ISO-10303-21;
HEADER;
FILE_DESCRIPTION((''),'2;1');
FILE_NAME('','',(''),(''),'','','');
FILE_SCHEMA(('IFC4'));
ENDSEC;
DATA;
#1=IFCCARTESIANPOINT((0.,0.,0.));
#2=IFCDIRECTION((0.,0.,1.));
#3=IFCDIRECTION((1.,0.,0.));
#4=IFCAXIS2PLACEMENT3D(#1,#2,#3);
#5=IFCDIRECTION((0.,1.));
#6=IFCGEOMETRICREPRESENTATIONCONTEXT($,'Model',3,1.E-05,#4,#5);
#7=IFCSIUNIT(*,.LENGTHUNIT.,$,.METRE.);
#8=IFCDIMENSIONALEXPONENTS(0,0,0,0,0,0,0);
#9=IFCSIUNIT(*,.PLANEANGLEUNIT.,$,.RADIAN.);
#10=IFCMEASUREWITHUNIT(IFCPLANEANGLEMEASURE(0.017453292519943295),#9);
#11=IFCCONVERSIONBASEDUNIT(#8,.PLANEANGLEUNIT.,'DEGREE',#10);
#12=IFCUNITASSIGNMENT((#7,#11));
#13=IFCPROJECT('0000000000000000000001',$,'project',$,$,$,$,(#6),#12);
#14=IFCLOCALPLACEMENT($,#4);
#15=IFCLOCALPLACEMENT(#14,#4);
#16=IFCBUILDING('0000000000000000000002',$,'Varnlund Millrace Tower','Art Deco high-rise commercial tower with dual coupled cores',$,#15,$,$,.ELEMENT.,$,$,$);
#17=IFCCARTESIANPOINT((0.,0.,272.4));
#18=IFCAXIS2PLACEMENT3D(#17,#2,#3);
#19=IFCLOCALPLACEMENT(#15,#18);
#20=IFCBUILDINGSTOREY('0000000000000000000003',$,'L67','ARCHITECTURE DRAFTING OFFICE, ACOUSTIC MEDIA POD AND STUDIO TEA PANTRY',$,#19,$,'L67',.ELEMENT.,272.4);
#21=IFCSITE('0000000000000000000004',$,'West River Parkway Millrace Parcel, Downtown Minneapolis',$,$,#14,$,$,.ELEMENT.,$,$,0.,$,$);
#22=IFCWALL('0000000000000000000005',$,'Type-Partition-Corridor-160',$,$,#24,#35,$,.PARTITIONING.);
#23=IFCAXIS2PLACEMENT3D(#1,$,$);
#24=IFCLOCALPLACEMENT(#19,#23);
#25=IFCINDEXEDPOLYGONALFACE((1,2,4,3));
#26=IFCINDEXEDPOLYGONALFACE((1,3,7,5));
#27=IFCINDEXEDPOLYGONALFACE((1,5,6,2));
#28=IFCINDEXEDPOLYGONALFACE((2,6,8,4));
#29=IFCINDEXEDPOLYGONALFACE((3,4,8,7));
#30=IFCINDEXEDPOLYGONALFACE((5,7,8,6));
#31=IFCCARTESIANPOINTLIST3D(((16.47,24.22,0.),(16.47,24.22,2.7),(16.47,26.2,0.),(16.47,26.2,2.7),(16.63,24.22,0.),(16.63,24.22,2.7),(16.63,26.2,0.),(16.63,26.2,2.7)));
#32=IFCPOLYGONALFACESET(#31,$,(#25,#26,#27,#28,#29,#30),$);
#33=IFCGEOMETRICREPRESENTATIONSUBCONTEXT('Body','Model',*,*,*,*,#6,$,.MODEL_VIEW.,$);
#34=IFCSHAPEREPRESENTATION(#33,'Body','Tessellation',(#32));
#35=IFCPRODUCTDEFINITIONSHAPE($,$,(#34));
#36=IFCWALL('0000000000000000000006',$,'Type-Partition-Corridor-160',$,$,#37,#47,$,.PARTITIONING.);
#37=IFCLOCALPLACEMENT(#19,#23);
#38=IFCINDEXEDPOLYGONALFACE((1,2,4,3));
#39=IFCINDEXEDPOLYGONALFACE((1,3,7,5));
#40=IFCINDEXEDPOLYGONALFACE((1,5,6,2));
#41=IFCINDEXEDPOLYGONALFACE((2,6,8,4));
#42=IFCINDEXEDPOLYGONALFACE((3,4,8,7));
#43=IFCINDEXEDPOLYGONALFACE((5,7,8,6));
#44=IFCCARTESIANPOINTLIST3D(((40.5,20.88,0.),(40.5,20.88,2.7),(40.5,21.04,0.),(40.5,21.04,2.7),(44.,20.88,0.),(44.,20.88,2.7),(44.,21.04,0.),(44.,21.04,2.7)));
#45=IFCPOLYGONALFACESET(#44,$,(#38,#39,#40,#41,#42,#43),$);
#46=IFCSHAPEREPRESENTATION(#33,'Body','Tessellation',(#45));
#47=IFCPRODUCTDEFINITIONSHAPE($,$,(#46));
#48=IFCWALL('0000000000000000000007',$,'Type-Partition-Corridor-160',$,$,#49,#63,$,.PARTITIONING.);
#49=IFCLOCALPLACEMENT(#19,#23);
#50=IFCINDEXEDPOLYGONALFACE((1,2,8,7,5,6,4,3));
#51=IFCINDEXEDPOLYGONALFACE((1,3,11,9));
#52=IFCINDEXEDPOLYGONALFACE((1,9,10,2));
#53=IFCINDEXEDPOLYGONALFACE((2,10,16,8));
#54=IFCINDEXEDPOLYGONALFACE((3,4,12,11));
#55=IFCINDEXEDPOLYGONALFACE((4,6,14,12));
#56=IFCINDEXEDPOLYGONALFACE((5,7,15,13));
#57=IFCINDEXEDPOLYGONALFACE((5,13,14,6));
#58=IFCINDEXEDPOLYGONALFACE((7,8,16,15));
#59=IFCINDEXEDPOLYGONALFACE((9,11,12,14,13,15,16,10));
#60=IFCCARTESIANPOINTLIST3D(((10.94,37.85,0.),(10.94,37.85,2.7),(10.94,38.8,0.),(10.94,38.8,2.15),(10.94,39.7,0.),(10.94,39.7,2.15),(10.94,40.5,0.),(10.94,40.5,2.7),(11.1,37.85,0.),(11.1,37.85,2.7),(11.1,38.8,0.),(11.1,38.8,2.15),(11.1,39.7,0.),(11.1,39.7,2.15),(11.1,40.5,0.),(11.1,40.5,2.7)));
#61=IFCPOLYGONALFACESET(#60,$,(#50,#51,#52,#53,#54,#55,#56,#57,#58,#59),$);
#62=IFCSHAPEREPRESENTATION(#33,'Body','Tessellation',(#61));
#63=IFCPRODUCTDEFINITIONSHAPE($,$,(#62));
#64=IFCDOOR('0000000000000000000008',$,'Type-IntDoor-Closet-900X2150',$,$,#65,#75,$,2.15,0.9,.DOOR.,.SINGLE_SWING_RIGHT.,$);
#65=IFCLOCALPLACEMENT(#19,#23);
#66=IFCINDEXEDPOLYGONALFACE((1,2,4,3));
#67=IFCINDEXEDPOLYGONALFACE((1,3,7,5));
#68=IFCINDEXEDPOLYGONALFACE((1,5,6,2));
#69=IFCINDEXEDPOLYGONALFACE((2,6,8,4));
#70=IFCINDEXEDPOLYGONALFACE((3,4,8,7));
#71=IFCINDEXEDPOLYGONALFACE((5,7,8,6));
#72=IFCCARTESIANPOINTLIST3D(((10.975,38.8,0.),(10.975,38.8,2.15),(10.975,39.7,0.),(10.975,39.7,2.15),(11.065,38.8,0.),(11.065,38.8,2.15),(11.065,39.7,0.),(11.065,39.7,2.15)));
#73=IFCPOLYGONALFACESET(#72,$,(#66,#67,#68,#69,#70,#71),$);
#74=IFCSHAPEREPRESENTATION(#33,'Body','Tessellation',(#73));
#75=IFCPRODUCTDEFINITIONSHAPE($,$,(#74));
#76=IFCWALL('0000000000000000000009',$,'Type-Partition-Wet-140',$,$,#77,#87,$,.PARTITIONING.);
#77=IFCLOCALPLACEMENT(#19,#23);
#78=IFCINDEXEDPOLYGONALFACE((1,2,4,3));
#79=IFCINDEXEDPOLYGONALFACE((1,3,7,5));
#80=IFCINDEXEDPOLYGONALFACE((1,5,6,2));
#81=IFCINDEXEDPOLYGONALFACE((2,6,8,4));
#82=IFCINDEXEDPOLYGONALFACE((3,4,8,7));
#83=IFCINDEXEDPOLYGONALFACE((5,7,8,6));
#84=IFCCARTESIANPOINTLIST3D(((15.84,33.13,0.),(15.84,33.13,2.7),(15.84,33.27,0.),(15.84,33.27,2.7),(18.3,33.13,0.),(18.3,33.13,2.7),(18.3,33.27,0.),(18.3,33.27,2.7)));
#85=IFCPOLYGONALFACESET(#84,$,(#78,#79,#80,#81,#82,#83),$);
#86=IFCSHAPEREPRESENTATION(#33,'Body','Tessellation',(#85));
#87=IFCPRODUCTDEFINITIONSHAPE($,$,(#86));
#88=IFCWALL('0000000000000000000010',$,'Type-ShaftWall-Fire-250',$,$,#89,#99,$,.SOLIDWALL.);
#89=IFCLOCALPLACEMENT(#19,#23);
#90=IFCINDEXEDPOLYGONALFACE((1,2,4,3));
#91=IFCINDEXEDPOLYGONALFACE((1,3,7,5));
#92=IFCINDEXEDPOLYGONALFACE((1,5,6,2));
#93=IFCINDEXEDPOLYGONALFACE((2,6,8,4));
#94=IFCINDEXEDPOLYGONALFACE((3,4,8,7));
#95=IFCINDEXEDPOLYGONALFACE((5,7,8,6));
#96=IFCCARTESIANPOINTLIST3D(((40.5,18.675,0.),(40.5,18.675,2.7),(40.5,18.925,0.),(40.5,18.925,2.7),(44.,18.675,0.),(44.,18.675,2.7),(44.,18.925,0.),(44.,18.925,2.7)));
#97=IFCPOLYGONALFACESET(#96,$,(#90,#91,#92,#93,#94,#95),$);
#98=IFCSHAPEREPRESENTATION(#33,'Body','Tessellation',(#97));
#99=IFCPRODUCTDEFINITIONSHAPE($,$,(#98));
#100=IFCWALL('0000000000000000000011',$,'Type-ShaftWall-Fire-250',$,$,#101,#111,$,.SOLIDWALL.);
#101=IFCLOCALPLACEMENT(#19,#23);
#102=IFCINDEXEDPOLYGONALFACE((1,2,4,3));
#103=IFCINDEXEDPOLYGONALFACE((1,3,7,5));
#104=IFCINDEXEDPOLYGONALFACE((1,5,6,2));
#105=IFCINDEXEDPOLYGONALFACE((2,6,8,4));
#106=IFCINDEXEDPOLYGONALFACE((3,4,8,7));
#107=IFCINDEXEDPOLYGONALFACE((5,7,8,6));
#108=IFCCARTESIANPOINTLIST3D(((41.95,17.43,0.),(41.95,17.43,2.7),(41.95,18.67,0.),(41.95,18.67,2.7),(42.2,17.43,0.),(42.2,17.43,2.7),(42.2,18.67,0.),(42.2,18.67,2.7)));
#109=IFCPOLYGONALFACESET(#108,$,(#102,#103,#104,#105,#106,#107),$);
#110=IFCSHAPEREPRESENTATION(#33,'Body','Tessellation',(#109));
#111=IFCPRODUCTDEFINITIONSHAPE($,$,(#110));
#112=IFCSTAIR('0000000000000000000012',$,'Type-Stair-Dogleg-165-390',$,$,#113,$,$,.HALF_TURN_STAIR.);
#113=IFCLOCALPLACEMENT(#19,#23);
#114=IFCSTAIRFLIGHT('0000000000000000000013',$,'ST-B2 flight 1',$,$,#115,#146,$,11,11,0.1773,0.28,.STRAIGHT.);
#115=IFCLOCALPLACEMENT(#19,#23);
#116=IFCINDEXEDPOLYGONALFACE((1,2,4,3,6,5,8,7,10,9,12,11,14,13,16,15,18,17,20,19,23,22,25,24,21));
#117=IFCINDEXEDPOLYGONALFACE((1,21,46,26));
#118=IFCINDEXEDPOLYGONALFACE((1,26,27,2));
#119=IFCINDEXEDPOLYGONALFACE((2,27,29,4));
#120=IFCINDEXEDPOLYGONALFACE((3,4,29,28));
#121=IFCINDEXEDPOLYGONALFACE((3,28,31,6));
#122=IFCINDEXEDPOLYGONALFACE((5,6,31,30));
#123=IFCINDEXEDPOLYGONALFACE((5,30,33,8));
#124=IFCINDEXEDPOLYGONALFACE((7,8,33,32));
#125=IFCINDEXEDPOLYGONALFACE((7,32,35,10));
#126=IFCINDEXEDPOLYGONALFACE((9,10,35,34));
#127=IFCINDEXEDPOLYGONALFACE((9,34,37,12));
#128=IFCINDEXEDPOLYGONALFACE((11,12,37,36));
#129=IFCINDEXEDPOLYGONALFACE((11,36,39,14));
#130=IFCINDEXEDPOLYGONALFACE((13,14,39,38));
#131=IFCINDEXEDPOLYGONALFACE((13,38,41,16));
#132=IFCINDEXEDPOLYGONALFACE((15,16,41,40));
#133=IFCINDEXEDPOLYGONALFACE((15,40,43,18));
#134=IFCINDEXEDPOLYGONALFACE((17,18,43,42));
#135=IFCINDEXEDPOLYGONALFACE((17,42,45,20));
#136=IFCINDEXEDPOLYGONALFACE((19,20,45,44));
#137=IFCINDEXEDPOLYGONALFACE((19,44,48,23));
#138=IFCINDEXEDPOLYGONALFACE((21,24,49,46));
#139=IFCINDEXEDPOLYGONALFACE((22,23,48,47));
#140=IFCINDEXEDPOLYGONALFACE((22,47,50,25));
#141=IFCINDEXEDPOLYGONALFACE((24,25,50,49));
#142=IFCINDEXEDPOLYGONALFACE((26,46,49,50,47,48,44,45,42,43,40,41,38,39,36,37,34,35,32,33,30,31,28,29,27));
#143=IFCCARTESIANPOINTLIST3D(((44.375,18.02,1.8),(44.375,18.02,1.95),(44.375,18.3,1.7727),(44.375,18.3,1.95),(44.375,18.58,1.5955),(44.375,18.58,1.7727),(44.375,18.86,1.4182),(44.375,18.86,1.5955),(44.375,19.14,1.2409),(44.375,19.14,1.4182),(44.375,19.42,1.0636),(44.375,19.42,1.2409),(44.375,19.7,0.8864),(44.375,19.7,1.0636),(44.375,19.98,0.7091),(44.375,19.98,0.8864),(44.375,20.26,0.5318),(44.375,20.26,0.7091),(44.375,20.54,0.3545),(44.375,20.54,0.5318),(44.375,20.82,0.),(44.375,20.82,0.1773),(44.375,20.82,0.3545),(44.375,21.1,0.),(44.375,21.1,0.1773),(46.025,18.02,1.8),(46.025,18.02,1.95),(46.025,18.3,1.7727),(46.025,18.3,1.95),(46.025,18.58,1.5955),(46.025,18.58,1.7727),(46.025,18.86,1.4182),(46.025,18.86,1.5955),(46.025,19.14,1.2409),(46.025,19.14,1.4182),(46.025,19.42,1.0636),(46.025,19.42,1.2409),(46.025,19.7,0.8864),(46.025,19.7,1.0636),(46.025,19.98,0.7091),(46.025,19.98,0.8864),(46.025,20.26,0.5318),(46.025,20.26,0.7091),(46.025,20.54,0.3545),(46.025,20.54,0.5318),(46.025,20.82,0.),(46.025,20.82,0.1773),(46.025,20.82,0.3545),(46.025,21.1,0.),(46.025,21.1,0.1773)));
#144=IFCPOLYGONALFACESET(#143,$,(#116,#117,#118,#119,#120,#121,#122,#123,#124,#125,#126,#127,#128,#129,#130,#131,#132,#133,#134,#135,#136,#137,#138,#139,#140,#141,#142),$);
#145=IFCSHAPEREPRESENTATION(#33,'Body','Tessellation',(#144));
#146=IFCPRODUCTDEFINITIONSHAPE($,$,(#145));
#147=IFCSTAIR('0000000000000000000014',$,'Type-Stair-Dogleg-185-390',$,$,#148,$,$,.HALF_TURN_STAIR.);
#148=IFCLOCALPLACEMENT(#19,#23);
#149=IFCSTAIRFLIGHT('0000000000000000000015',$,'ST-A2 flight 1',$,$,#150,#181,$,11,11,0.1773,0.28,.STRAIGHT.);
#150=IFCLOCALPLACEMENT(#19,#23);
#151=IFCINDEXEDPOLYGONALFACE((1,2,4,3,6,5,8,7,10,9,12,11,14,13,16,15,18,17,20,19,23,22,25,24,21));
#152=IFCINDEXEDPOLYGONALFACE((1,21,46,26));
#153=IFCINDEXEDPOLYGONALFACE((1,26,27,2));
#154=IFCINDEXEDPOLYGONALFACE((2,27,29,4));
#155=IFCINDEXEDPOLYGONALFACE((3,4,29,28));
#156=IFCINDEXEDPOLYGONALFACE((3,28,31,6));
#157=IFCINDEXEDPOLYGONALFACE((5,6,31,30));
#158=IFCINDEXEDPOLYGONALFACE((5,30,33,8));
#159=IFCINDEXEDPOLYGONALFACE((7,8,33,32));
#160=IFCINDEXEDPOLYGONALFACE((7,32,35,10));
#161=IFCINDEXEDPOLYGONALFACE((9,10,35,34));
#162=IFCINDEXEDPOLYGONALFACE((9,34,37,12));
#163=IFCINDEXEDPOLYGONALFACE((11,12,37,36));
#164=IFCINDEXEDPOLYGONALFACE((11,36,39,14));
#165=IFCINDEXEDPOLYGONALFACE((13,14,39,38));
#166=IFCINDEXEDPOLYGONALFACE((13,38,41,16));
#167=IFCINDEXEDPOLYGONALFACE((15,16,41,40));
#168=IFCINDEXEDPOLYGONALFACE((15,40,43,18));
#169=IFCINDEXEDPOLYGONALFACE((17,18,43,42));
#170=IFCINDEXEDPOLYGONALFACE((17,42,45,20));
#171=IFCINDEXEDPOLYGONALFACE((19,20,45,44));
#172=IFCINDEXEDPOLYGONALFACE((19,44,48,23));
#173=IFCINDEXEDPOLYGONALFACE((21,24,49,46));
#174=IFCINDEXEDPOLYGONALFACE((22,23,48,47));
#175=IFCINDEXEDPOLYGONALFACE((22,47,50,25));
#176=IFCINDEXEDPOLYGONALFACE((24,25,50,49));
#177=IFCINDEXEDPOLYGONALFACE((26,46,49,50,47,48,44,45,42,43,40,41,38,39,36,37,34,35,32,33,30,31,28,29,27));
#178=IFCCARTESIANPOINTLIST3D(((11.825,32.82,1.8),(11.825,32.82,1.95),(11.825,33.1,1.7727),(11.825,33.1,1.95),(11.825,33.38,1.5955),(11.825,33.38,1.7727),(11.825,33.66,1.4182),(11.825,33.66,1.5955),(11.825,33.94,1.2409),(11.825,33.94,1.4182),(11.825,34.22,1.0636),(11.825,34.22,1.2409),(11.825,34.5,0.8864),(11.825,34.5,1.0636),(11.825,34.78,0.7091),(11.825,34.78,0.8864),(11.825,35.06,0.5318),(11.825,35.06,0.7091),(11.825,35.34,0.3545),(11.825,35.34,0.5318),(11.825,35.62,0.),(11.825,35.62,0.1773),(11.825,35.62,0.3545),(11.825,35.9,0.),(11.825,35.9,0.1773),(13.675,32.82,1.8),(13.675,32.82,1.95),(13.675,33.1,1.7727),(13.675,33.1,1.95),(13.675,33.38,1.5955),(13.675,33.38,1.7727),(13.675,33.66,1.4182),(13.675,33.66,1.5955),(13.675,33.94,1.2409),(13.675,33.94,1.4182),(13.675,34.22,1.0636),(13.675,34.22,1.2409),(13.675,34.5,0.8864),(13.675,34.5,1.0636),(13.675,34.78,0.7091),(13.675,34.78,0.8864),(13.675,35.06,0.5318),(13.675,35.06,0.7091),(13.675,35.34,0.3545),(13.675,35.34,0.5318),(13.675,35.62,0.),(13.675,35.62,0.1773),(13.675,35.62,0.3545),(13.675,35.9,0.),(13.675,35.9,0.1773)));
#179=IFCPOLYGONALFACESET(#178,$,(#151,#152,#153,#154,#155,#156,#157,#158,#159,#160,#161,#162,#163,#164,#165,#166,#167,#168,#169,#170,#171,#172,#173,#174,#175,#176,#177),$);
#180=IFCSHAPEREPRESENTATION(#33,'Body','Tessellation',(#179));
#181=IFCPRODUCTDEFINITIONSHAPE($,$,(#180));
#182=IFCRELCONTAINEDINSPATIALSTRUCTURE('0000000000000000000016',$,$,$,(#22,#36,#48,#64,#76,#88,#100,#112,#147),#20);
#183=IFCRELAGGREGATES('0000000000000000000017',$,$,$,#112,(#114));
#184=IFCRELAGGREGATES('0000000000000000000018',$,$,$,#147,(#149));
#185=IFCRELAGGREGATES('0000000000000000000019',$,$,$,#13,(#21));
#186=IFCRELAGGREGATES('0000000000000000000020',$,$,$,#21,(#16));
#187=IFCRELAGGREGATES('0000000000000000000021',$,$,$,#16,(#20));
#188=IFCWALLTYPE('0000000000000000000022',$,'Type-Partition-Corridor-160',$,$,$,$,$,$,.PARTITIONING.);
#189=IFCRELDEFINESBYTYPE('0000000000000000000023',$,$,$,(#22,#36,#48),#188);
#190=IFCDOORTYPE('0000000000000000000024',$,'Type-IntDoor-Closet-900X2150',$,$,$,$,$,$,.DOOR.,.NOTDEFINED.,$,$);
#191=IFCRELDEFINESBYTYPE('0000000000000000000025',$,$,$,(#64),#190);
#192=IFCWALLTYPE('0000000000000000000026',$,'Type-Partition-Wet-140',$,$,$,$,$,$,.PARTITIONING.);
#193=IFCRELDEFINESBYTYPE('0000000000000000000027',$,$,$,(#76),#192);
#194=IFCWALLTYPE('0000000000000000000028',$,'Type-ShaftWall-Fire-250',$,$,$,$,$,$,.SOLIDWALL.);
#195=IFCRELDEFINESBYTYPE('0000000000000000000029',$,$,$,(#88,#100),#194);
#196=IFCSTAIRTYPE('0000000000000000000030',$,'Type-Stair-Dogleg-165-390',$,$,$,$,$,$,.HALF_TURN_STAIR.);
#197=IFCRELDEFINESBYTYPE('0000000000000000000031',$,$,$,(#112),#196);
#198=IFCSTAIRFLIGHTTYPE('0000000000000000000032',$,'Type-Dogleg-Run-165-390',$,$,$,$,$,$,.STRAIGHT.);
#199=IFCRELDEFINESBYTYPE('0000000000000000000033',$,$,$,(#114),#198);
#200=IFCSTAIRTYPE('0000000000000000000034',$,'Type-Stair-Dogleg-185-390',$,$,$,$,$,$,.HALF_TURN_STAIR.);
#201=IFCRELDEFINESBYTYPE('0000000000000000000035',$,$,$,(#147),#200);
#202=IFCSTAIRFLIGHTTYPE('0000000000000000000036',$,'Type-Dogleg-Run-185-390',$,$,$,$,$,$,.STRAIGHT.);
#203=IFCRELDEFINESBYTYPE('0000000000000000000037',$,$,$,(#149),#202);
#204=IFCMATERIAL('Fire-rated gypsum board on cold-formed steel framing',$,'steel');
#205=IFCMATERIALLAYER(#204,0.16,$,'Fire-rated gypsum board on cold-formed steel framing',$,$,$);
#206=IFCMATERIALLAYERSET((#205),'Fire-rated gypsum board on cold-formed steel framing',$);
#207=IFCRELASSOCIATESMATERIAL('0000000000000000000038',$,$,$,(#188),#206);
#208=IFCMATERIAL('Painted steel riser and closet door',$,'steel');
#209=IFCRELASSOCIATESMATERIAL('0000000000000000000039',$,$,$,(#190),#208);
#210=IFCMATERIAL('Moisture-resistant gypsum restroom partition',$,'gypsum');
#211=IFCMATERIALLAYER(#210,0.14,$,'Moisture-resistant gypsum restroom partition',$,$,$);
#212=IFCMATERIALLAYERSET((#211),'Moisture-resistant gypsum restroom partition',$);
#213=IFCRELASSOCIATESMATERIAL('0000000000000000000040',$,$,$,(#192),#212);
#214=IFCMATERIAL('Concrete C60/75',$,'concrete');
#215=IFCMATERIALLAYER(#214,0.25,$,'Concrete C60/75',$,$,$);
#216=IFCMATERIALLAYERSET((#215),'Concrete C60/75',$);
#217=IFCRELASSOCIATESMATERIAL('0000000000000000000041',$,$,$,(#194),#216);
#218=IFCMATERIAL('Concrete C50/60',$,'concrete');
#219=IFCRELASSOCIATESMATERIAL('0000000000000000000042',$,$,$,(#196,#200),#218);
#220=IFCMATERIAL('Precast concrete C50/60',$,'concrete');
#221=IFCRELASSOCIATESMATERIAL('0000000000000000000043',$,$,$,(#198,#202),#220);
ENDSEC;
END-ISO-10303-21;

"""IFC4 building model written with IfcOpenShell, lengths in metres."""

from ifc_helpers import new_model, entity, si_unit, converted_unit, direction, frame, origin_with_axes, origin_2d_with_axis, place, context, subcontext, project, spatial, polyline, rectangle, outline, extrude, material, layer, layer_set, type_object, element, fill, aggregate, save


model = new_model("IFC4")

# Units and contexts
model_context = context("Model", 3, precision=1e-05, world=origin_with_axes(), true_north=direction((0.0, 1.0)))
body_context = subcontext(model_context, "Body", "Model", "MODEL_VIEW")
ifc_project = project(units=[si_unit("LENGTHUNIT", "METRE"), converted_unit("PLANEANGLEUNIT", "DEGREE", entity("IfcPlaneAngleMeasure", 0.017453292519943295), si_unit("PLANEANGLEUNIT", "RADIAN"), dimensions=[0, 0, 0, 0, 0, 0, 0])], contexts=[model_context])

# Site, building, storey
site_placement = place(None, origin_with_axes())
site = spatial("IfcSite", under=ifc_project, at=site_placement, Name="West River Parkway Millrace Parcel, Downtown Minneapolis", CompositionType="ELEMENT", RefElevation=0.0)
building_placement = place(site_placement, origin_with_axes())
building = spatial("IfcBuilding", under=site, at=building_placement, Name="Varnlund Millrace Tower", Description="Art Deco high-rise commercial tower with dual coupled cores", CompositionType="ELEMENT")
storey_placement = place(building_placement, frame((0.0, 0.0, 272.4), z_axis=(0.0, 0.0, 1.0), x_axis=(1.0, 0.0, 0.0)))
storey = spatial("IfcBuildingStorey", under=building, at=storey_placement, Name="L67", Description="ARCHITECTURE DRAFTING OFFICE, ACOUSTIC MEDIA POD AND STUDIO TEA PANTRY", LongName="L67", CompositionType="ELEMENT", Elevation=272.4)

# Shared definitions
ifc_material_1 = material(Name="Concrete C60/75", Category="concrete")

# Walls
ifc_material_2 = material(Name="Fire-rated gypsum board on cold-formed steel framing", Category="steel")
ifc_layer_1 = layer(ifc_material_2, 0.16, Name="Fire-rated gypsum board on cold-formed steel framing")
ifc_layer_set_1 = layer_set([ifc_layer_1], Name="Fire-rated gypsum board on cold-formed steel framing")
wall_type_1 = type_object("IfcWallType", Name="Type-Partition-Corridor-160", PredefinedType="PARTITIONING", material=ifc_layer_set_1)
wall_1_placement = place(storey_placement, frame((16.55, 24.22, 0.0), z_axis=(0.0, 0.0, 1.0), x_axis=(0.0, 1.0, 0.0)))
element("IfcWall", 1, at=wall_1_placement, inside=storey, type_object=wall_type_1, Name="Type-Partition-Corridor-160", PredefinedType="PARTITIONING", context=body_context, shape_type="SweptSolid", body=[
    extrude(outline(polyline([(0.0, -0.08), (1.98, -0.08), (1.98, 0.08), (0.0, 0.08), (0.0, -0.08)])), origin_with_axes(), (0.0, 0.0, 1.0), 2.7),
])
wall_2_placement = place(storey_placement, frame((40.5, 20.96, 0.0), z_axis=(0.0, 0.0, 1.0), x_axis=(1.0, 0.0, 0.0)))
element("IfcWall", 2, at=wall_2_placement, inside=storey, type_object=wall_type_1, Name="Type-Partition-Corridor-160", PredefinedType="PARTITIONING", context=body_context, shape_type="SweptSolid", body=[
    extrude(outline(polyline([(0.0, -0.08), (3.5, -0.08), (3.5, 0.08), (0.0, 0.08), (0.0, -0.08)])), origin_with_axes(), (0.0, 0.0, 1.0), 2.7),
])

# Wall, opening, door
wall_3_placement = place(storey_placement, frame((11.02, 37.85, 0.0), z_axis=(0.0, 0.0, 1.0), x_axis=(0.0, 1.0, 0.0)))
wall_3 = element("IfcWall", 3, at=wall_3_placement, inside=storey, type_object=wall_type_1, Name="Type-Partition-Corridor-160", PredefinedType="PARTITIONING", context=body_context, shape_type="SweptSolid", body=[
    extrude(outline(polyline([(0.0, -0.08), (2.65, -0.08), (2.65, 0.08), (0.0, 0.08), (0.0, -0.08)])), origin_with_axes(), (0.0, 0.0, 1.0), 2.7),
])
opening_1_placement = place(wall_3_placement, frame((1.4, 0.0, 0.0), z_axis=(0.0, 0.0, 1.0), x_axis=(1.0, 0.0, 0.0)))
opening_1 = element("IfcOpeningElement", 4, at=opening_1_placement, cuts=wall_3, PredefinedType="OPENING", context=body_context, shape_type="SweptSolid", body=[
    extrude(rectangle(XDim=0.9, YDim=0.18, at=origin_2d_with_axis()), origin_with_axes(), (0.0, 0.0, 1.0), 2.15),
])
ifc_material_3 = material(Name="Painted steel riser and closet door", Category="steel")
door_type_1 = type_object("IfcDoorType", Name="Type-IntDoor-Closet-900X2150", OperationType="NOTDEFINED", PredefinedType="DOOR", material=ifc_material_3)
door_1_placement = place(wall_3_placement, frame((1.4, 0.0, 0.0), z_axis=(0.0, 0.0, 1.0), x_axis=(1.0, 0.0, 0.0)))
door_1 = element("IfcDoor", 5, at=door_1_placement, inside=storey, type_object=door_type_1, Name="Type-IntDoor-Closet-900X2150", OperationType="SINGLE_SWING_RIGHT", OverallHeight=2.15, OverallWidth=0.9, PredefinedType="DOOR", context=body_context, shape_type="SweptSolid", body=[
    extrude(rectangle(XDim=0.9, YDim=0.09, at=origin_2d_with_axis()), origin_with_axes(), (0.0, 0.0, 1.0), 2.15),
])
fill(opening_1, door_1)

# Walls
ifc_material_4 = material(Name="Moisture-resistant gypsum restroom partition", Category="gypsum")
ifc_layer_2 = layer(ifc_material_4, 0.14, Name="Moisture-resistant gypsum restroom partition")
ifc_layer_set_2 = layer_set([ifc_layer_2], Name="Moisture-resistant gypsum restroom partition")
wall_type_2 = type_object("IfcWallType", Name="Type-Partition-Wet-140", PredefinedType="PARTITIONING", material=ifc_layer_set_2)
wall_4_placement = place(storey_placement, frame((15.84, 33.2, 0.0), z_axis=(0.0, 0.0, 1.0), x_axis=(1.0, 0.0, 0.0)))
element("IfcWall", 6, at=wall_4_placement, inside=storey, type_object=wall_type_2, Name="Type-Partition-Wet-140", PredefinedType="PARTITIONING", context=body_context, shape_type="SweptSolid", body=[
    extrude(outline(polyline([(0.0, -0.07), (2.46, -0.07), (2.46, 0.07), (0.0, 0.07), (0.0, -0.07)])), origin_with_axes(), (0.0, 0.0, 1.0), 2.7),
])
ifc_layer_3 = layer(ifc_material_1, 0.25, Name="Concrete C60/75")
ifc_layer_set_3 = layer_set([ifc_layer_3], Name="Concrete C60/75")
wall_type_3 = type_object("IfcWallType", Name="Type-ShaftWall-Fire-250", PredefinedType="SOLIDWALL", material=ifc_layer_set_3)
wall_5_placement = place(storey_placement, frame((40.5, 18.8, 0.0), z_axis=(0.0, 0.0, 1.0), x_axis=(1.0, 0.0, 0.0)))
element("IfcWall", 7, at=wall_5_placement, inside=storey, type_object=wall_type_3, Name="Type-ShaftWall-Fire-250", PredefinedType="SOLIDWALL", context=body_context, shape_type="SweptSolid", body=[
    extrude(outline(polyline([(0.0, -0.125), (3.5, -0.125), (3.5, 0.125), (0.0, 0.125), (0.0, -0.125)])), origin_with_axes(), (0.0, 0.0, 1.0), 2.7),
])
wall_6_placement = place(storey_placement, frame((42.075, 17.43, 0.0), z_axis=(0.0, 0.0, 1.0), x_axis=(0.0, 1.0, 0.0)))
element("IfcWall", 8, at=wall_6_placement, inside=storey, type_object=wall_type_3, Name="Type-ShaftWall-Fire-250", PredefinedType="SOLIDWALL", context=body_context, shape_type="SweptSolid", body=[
    extrude(outline(polyline([(0.0, -0.125), (1.24, -0.125), (1.24, 0.125), (0.0, 0.125), (0.0, -0.125)])), origin_with_axes(), (0.0, 0.0, 1.0), 2.7),
])

# Stairs, stair flights
ifc_material_5 = material(Name="Concrete C50/60", Category="concrete")
stair_type_1 = type_object("IfcStairType", Name="Type-Stair-Dogleg-165-390", PredefinedType="HALF_TURN_STAIR", material=ifc_material_5)
stair_1_placement = place(storey_placement, origin_with_axes())
stair_1 = element("IfcStair", 9, at=stair_1_placement, inside=storey, type_object=stair_type_1, Name="Type-Stair-Dogleg-165-390", PredefinedType="HALF_TURN_STAIR")
ifc_material_6 = material(Name="Precast concrete C50/60", Category="concrete")
stair_flight_type_1 = type_object("IfcStairFlightType", Name="Type-Dogleg-Run-165-390", PredefinedType="STRAIGHT", material=ifc_material_6)
stair_flight_1_placement = place(storey_placement, frame((46.025, 21.1, 0.0), z_axis=(-1.0, 0.0, 0.0), x_axis=(0.0, -1.0, 0.0)))
stair_flight_1 = element("IfcStairFlight", 10, at=stair_flight_1_placement, type_object=stair_flight_type_1, Name="ST-B2 flight 1", NumberOfRisers=11, NumberOfTreads=11, PredefinedType="STRAIGHT", RiserHeight=0.1773, TreadLength=0.28, context=body_context, shape_type="SweptSolid", body=[
    extrude(outline(polyline([(0.0, 0.0), (0.0, 0.1773), (0.28, 0.1773), (0.28, 0.3545), (0.56, 0.3545), (0.56, 0.5318), (0.84, 0.5318), (0.84, 0.7091), (1.12, 0.7091), (1.12, 0.8864), (1.4, 0.8864), (1.4, 1.0636), (1.68, 1.0636), (1.68, 1.2409), (1.96, 1.2409), (1.96, 1.4182), (2.24, 1.4182), (2.24, 1.5955), (2.52, 1.5955), (2.52, 1.7727), (2.8, 1.7727), (2.8, 1.95), (3.08, 1.95), (3.08, 1.8), (0.28, 0.0), (0.0, 0.0)])), origin_with_axes(), (0.0, 0.0, 1.0), 1.65),
])
aggregate(stair_1, [stair_flight_1])
stair_type_2 = type_object("IfcStairType", Name="Type-Stair-Dogleg-185-390", PredefinedType="HALF_TURN_STAIR", material=ifc_material_5)
stair_2_placement = place(storey_placement, origin_with_axes())
stair_2 = element("IfcStair", 11, at=stair_2_placement, inside=storey, type_object=stair_type_2, Name="Type-Stair-Dogleg-185-390", PredefinedType="HALF_TURN_STAIR")
stair_flight_type_2 = type_object("IfcStairFlightType", Name="Type-Dogleg-Run-185-390", PredefinedType="STRAIGHT", material=ifc_material_6)
stair_flight_2_placement = place(storey_placement, frame((13.675, 35.9, 0.0), z_axis=(-1.0, 0.0, 0.0), x_axis=(0.0, -1.0, 0.0)))
stair_flight_2 = element("IfcStairFlight", 12, at=stair_flight_2_placement, type_object=stair_flight_type_2, Name="ST-A2 flight 1", NumberOfRisers=11, NumberOfTreads=11, PredefinedType="STRAIGHT", RiserHeight=0.1773, TreadLength=0.28, context=body_context, shape_type="SweptSolid", body=[
    extrude(outline(polyline([(0.0, 0.0), (0.0, 0.1773), (0.28, 0.1773), (0.28, 0.3545), (0.56, 0.3545), (0.56, 0.5318), (0.84, 0.5318), (0.84, 0.7091), (1.12, 0.7091), (1.12, 0.8864), (1.4, 0.8864), (1.4, 1.0636), (1.68, 1.0636), (1.68, 1.2409), (1.96, 1.2409), (1.96, 1.4182), (2.24, 1.4182), (2.24, 1.5955), (2.52, 1.5955), (2.52, 1.7727), (2.8, 1.7727), (2.8, 1.95), (3.08, 1.95), (3.08, 1.8), (0.28, 0.0), (0.0, 0.0)])), origin_with_axes(), (0.0, 0.0, 1.0), 1.85),
])
aggregate(stair_2, [stair_flight_2])

save(model, "model.ifc")
